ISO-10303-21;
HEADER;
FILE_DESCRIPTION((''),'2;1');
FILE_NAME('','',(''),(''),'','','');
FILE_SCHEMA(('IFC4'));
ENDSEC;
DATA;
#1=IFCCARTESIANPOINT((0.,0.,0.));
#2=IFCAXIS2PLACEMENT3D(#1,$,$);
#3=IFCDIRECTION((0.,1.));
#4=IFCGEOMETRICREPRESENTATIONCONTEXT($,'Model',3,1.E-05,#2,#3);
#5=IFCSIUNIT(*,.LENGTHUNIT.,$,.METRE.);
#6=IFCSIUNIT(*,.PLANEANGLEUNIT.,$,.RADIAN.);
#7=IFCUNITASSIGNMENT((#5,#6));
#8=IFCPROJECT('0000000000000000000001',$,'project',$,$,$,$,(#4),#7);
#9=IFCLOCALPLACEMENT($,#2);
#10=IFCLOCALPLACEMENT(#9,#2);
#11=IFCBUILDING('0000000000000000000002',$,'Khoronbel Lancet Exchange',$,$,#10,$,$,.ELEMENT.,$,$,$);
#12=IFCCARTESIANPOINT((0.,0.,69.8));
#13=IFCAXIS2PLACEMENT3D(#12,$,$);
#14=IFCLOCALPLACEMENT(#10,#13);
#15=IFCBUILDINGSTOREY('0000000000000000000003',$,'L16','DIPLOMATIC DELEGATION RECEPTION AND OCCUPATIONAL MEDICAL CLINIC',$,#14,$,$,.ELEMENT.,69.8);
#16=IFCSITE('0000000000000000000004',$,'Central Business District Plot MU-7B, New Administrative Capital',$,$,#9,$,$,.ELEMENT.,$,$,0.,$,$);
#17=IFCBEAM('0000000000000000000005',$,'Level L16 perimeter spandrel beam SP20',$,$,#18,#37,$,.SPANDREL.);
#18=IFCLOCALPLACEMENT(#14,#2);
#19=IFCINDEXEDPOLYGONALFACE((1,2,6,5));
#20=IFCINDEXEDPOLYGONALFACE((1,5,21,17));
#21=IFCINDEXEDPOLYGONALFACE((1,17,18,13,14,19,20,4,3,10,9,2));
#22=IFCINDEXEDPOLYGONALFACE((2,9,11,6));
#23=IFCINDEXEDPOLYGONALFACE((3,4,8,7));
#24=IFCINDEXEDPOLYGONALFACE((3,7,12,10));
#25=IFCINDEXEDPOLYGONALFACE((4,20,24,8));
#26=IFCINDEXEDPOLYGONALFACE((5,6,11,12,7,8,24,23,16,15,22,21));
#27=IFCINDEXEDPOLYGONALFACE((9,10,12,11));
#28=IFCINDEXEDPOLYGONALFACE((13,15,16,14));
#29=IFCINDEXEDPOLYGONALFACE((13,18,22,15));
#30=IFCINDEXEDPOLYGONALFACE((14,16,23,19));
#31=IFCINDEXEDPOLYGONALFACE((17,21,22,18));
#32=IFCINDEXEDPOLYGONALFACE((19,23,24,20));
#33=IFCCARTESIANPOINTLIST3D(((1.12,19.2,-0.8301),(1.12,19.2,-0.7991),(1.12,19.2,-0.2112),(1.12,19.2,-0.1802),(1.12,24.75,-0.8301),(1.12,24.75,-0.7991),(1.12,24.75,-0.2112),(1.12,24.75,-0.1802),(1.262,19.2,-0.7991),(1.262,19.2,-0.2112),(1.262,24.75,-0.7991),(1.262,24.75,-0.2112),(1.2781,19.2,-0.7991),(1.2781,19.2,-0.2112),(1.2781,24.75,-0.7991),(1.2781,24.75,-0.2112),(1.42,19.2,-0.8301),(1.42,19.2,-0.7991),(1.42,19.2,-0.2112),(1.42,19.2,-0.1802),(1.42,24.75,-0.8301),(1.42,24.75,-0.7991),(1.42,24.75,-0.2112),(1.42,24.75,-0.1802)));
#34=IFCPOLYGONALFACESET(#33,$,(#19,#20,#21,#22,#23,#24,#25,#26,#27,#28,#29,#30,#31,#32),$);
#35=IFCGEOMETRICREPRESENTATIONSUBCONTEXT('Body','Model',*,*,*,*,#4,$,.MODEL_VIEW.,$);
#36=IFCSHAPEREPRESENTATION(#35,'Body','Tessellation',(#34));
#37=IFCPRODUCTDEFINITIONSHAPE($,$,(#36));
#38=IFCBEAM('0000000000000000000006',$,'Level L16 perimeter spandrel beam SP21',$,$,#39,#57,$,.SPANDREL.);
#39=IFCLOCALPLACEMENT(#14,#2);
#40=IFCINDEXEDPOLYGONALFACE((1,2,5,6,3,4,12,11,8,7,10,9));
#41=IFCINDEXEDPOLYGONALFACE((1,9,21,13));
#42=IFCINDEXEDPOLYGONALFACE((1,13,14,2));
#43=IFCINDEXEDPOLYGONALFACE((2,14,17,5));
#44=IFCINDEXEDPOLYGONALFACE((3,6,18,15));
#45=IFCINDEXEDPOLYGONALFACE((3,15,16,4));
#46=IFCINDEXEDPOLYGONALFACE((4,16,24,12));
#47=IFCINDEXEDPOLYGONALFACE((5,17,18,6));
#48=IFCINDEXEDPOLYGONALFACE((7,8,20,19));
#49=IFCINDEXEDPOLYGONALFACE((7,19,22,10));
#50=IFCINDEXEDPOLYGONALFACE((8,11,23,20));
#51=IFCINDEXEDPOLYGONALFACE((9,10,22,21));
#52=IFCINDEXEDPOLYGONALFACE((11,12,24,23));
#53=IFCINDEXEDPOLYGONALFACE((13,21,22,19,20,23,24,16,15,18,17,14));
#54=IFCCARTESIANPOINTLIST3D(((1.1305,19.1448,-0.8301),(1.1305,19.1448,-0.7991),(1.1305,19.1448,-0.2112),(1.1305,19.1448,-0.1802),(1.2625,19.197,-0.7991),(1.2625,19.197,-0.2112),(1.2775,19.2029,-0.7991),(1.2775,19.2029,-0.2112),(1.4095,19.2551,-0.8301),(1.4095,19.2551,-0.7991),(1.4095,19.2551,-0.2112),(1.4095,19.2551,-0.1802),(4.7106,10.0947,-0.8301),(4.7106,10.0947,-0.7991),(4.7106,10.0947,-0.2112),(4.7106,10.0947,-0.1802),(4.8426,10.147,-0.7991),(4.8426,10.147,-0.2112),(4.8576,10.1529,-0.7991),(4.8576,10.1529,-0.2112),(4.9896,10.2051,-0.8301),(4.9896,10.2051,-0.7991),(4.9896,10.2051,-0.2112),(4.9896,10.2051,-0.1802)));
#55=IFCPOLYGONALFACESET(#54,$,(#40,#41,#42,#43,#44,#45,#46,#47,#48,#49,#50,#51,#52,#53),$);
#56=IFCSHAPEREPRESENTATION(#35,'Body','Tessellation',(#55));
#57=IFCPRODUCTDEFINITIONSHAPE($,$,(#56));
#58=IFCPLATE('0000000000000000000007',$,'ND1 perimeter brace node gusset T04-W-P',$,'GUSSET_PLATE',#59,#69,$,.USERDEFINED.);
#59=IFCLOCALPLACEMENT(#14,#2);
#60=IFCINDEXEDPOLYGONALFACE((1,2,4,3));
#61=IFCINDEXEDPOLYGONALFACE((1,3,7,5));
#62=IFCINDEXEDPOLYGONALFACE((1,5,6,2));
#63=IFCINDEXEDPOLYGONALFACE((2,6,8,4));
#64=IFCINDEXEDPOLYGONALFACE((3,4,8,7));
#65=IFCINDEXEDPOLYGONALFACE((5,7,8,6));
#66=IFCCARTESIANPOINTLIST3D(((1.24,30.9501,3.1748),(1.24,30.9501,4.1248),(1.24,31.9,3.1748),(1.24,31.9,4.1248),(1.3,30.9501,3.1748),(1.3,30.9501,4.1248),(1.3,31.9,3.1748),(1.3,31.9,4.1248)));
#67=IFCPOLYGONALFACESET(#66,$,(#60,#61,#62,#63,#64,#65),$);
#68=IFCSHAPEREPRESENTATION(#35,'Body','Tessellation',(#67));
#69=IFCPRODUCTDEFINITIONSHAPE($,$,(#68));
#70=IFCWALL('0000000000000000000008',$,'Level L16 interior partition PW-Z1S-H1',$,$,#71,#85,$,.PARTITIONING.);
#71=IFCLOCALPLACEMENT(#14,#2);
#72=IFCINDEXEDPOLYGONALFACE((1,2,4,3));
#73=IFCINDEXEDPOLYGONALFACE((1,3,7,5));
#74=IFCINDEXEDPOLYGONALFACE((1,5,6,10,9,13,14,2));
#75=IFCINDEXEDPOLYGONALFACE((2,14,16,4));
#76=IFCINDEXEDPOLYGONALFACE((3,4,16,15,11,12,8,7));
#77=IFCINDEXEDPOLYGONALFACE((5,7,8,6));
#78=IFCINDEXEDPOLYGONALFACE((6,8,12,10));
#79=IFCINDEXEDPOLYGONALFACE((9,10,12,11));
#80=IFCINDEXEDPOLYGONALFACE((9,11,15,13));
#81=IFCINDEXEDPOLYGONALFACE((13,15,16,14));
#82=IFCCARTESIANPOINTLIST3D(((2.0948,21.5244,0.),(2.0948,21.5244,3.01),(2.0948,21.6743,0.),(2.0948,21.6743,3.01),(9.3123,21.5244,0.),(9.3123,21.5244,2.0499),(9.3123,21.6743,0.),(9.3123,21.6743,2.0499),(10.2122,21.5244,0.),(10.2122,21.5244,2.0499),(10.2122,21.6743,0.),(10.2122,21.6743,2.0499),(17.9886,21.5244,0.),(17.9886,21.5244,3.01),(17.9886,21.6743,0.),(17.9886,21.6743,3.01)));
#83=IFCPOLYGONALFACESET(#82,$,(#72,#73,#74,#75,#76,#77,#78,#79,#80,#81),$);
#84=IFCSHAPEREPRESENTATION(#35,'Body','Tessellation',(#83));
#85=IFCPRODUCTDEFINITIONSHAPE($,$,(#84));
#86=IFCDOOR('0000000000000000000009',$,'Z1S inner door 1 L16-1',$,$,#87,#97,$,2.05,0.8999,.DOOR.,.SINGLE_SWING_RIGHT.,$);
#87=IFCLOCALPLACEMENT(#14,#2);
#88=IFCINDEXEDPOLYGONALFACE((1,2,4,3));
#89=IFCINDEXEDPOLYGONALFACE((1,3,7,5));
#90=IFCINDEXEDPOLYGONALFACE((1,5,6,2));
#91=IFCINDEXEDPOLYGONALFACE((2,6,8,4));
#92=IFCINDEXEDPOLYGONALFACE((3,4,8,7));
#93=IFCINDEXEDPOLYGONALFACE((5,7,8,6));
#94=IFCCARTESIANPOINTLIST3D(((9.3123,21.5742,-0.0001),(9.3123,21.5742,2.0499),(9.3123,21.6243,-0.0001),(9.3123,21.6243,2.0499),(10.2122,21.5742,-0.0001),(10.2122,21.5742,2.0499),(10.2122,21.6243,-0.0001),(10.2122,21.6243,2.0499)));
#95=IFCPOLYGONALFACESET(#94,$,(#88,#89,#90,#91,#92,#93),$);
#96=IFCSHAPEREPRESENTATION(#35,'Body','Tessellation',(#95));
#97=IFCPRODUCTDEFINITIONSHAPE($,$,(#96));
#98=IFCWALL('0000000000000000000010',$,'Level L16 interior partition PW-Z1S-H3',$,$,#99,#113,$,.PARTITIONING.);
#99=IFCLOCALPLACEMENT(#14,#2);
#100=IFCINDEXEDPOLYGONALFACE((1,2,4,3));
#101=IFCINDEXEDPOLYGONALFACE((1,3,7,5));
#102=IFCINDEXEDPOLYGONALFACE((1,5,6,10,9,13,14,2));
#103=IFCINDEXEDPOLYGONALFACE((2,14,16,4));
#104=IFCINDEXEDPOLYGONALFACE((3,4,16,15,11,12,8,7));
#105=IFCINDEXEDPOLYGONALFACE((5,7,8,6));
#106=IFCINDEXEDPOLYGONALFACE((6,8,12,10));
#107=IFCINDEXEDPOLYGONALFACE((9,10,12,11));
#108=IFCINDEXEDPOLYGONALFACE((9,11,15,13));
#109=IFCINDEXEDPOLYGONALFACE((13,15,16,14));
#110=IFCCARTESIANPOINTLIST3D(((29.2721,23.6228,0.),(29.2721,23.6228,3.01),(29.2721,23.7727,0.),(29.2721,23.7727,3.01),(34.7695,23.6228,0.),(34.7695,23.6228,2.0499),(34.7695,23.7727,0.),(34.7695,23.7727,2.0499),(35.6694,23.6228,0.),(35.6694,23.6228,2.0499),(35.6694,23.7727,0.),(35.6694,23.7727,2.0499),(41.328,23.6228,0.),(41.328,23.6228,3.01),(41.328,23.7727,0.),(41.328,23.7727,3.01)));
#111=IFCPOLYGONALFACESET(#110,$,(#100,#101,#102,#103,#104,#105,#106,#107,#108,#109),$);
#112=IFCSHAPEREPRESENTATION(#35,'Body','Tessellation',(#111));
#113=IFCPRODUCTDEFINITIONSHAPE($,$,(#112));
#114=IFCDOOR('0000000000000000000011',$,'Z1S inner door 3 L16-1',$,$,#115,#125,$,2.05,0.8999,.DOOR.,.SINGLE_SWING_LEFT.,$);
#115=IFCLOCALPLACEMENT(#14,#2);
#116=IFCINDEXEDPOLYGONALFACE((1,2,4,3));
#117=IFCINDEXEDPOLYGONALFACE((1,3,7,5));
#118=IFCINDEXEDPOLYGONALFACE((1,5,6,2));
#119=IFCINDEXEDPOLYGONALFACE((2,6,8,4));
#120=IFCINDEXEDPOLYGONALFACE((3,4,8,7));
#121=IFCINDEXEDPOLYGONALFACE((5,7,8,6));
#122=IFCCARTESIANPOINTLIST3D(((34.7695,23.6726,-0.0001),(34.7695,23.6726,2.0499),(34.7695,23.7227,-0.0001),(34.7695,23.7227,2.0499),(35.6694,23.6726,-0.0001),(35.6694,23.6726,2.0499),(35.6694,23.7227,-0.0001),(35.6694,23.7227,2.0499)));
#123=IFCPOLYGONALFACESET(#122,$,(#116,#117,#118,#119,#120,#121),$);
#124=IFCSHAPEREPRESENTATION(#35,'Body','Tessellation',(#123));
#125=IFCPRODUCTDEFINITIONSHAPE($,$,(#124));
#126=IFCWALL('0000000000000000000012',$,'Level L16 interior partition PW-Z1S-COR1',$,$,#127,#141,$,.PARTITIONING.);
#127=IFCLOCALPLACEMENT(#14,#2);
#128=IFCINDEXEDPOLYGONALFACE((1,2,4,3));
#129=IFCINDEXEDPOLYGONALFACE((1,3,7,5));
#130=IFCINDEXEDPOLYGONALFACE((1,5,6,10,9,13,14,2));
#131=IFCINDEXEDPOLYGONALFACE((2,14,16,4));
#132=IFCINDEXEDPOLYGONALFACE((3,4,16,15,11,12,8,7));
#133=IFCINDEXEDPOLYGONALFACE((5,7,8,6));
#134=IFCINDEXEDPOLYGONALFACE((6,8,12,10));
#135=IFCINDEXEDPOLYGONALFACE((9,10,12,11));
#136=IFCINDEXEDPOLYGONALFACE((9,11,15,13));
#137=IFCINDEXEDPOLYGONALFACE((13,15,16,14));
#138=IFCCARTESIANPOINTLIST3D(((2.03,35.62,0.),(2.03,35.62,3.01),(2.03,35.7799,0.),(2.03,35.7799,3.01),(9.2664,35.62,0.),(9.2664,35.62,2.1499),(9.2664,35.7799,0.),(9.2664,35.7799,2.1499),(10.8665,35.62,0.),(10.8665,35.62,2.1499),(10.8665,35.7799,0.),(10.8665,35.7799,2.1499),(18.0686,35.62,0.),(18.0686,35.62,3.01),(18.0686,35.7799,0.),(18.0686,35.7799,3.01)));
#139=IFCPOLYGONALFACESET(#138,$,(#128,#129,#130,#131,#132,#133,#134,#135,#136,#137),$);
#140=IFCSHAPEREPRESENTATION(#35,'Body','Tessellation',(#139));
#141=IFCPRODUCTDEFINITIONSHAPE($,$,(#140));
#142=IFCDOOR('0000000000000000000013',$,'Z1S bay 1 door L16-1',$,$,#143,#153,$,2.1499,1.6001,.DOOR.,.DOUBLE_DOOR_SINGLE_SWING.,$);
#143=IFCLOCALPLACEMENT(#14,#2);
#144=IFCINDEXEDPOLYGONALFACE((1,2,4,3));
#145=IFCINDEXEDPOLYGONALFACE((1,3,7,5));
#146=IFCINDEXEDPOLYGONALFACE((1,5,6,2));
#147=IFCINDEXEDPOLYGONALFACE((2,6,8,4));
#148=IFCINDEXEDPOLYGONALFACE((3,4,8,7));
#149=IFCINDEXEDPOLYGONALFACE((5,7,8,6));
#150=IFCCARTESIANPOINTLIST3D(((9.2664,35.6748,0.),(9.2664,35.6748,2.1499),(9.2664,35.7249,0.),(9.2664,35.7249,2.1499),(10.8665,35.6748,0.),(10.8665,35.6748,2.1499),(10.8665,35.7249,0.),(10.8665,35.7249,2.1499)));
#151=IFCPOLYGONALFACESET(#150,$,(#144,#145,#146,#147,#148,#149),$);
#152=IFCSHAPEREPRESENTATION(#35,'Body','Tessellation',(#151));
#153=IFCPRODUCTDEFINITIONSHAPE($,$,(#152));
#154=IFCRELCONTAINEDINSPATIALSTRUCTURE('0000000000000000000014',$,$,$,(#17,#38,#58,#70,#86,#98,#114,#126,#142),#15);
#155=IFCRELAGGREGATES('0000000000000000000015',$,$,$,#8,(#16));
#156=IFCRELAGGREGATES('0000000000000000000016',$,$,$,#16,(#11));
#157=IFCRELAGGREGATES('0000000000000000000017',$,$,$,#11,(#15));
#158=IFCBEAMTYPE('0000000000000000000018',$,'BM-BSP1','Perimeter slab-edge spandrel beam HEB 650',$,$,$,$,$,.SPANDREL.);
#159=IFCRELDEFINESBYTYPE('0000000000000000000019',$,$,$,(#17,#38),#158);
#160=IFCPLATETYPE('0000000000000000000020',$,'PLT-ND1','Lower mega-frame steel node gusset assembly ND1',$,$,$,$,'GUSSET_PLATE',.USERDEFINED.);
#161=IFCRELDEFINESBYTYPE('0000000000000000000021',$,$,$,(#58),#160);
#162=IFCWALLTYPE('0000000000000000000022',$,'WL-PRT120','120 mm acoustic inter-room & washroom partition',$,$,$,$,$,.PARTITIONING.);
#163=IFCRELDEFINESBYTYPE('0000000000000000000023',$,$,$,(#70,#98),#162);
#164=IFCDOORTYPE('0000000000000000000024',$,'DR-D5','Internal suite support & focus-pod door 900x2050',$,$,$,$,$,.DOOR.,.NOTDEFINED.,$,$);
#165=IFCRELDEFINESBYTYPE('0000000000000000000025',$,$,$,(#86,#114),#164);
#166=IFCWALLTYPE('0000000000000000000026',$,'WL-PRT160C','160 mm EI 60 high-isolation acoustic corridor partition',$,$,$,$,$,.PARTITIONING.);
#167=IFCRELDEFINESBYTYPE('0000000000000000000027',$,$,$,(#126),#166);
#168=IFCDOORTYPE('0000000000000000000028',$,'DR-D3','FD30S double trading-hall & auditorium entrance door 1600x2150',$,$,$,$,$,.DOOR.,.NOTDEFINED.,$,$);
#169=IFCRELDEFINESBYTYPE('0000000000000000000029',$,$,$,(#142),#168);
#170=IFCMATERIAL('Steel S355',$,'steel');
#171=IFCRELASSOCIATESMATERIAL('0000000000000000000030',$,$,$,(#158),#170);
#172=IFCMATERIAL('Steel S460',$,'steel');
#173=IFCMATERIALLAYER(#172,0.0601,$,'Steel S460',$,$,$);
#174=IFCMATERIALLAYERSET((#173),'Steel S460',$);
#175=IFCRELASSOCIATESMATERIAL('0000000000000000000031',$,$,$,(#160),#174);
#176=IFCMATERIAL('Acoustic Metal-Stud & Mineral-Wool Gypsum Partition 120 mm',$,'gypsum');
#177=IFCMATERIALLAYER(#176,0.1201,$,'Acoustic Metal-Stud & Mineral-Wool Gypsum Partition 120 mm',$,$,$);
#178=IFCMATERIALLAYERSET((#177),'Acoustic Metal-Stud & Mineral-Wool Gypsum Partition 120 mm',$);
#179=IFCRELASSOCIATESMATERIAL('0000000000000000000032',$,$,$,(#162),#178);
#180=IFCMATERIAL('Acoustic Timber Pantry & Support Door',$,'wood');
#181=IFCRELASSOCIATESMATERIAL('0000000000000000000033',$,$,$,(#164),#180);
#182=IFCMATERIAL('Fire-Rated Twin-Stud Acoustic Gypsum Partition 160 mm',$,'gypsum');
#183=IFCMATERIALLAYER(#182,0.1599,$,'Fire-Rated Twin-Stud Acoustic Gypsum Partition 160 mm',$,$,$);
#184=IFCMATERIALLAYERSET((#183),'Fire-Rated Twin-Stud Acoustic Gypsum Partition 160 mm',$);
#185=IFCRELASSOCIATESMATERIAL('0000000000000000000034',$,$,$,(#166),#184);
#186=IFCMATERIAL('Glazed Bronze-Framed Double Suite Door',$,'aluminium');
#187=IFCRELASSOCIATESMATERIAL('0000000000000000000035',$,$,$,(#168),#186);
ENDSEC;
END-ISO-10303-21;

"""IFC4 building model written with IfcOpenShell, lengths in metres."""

from ifc_helpers import new_model, si_unit, direction, frame, frame_2d, origin, origin_2d, place, context, subcontext, project, spatial, rectangle, i_section, extrude, material, layer, layer_set, material_profile, profile_set, type_object, element, fill, save


model = new_model("IFC4")

# Units and contexts
model_context = context("Model", 3, precision=1e-05, world=origin(), true_north=direction((0.0, 1.0)))
body_context = subcontext(model_context, "Body", "Model", "MODEL_VIEW")
ifc_project = project(units=[si_unit("LENGTHUNIT", "METRE"), si_unit("PLANEANGLEUNIT", "RADIAN")], contexts=[model_context])

# Site, building, storey
site_placement = place(None, origin())
site = spatial("IfcSite", under=ifc_project, at=site_placement, Name="Central Business District Plot MU-7B, New Administrative Capital", CompositionType="ELEMENT", RefElevation=0.0)
building_placement = place(site_placement, origin())
building = spatial("IfcBuilding", under=site, at=building_placement, Name="Khoronbel Lancet Exchange", CompositionType="ELEMENT")
storey_placement = place(building_placement, frame((0.0, 0.0, 69.8)))
storey = spatial("IfcBuildingStorey", under=building, at=storey_placement, Name="L16", Description="DIPLOMATIC DELEGATION RECEPTION AND OCCUPATIONAL MEDICAL CLINIC", CompositionType="ELEMENT", Elevation=69.8)

# Shared definitions
ifc_material_1 = material(Name="Steel S355", Category="steel")

# Beams
ifc_material_profile_1 = material_profile(ifc_material_1, i_section(OverallWidth=0.3, OverallDepth=0.6499, WebThickness=0.0161, FlangeThickness=0.031, at=origin_2d()), Name="HEB 650")
ifc_profile_set_1 = profile_set([ifc_material_profile_1], Name="Steel S355")
beam_type_1 = type_object("IfcBeamType", Name="BM-BSP1", Description="Perimeter slab-edge spandrel beam HEB 650", PredefinedType="SPANDREL", material=ifc_profile_set_1)
beam_1_placement = place(storey_placement, frame((1.27, 24.75, -0.5051), z_axis=(0.0, -1.0, 0.0), x_axis=(1.0, 0.0, 0.0)))
element("IfcBeam", 1, at=beam_1_placement, inside=storey, type_object=beam_type_1, Name="Level L16 perimeter spandrel beam SP20", PredefinedType="SPANDREL", context=body_context, shape_type="SweptSolid", body=[
    extrude(i_section(OverallWidth=0.3, OverallDepth=0.6499, WebThickness=0.0161, FlangeThickness=0.031, at=origin_2d()), origin(), (0.0, 0.0, 1.0), 5.55),
])
beam_2_placement = place(storey_placement, frame((1.27, 19.2, -0.5051), z_axis=(0.36785, -0.929885, 0.0), x_axis=(0.929885, 0.36785, 0.0)))
element("IfcBeam", 2, at=beam_2_placement, inside=storey, type_object=beam_type_1, Name="Level L16 perimeter spandrel beam SP21", PredefinedType="SPANDREL", context=body_context, shape_type="SweptSolid", body=[
    extrude(i_section(OverallWidth=0.3, OverallDepth=0.6499, WebThickness=0.0161, FlangeThickness=0.031, at=origin_2d()), origin(), (0.0, 0.0, 1.0), 9.7324),
])

# Plate
ifc_material_2 = material(Name="Steel S460", Category="steel")
ifc_layer_1 = layer(ifc_material_2, 0.0601, Name="Steel S460")
ifc_layer_set_1 = layer_set([ifc_layer_1], Name="Steel S460")
plate_type = type_object("IfcPlateType", Name="PLT-ND1", Description="Lower mega-frame steel node gusset assembly ND1", ElementType="GUSSET_PLATE", PredefinedType="USERDEFINED", material=ifc_layer_set_1)
plate_placement = place(storey_placement, frame((1.27, 31.425, 3.1748), z_axis=(0.0, 0.0, 1.0), x_axis=(0.0, 1.0, 0.0)))
element("IfcPlate", 3, at=plate_placement, inside=storey, type_object=plate_type, Name="ND1 perimeter brace node gusset T04-W-P", ObjectType="GUSSET_PLATE", PredefinedType="USERDEFINED", context=body_context, shape_type="SweptSolid", body=[
    extrude(rectangle(XDim=0.95, YDim=0.0601, at=origin_2d()), origin(), (0.0, 0.0, 1.0), 0.95),
])

# Walls, openings, doors
ifc_material_3 = material(Name="Acoustic Metal-Stud & Mineral-Wool Gypsum Partition 120 mm", Category="gypsum")
ifc_layer_2 = layer(ifc_material_3, 0.1201, Name="Acoustic Metal-Stud & Mineral-Wool Gypsum Partition 120 mm")
ifc_layer_set_2 = layer_set([ifc_layer_2], Name="Acoustic Metal-Stud & Mineral-Wool Gypsum Partition 120 mm")
wall_type_1 = type_object("IfcWallType", Name="WL-PRT120", Description="120 mm acoustic inter-room & washroom partition", PredefinedType="PARTITIONING", material=ifc_layer_set_2)
wall_1_placement = place(storey_placement, frame((2.095, 21.5994, 0.0), z_axis=(0.0, 0.0, 1.0), x_axis=(1.0, 0.0, 0.0)))
wall_1 = element("IfcWall", 4, at=wall_1_placement, inside=storey, type_object=wall_type_1, Name="Level L16 interior partition PW-Z1S-H1", PredefinedType="PARTITIONING", context=body_context, shape_type="SweptSolid", body=[
    extrude(rectangle(XDim=15.8938, YDim=0.1499, at=frame_2d((7.9468, 0.0))), origin(), (0.0, 0.0, 1.0), 3.01),
])
opening_1_placement = place(wall_1_placement, frame((7.2173, 0.0, 0.0)))
opening_1 = element("IfcOpeningElement", 5, at=opening_1_placement, cuts=wall_1, PredefinedType="OPENING", context=body_context, shape_type="SweptSolid", body=[
    extrude(rectangle(XDim=0.8999, YDim=2.05, at=frame_2d((0.45, 1.0249))), frame((0.0, 0.085, 0.0), z_axis=(0.0, -1.0, 0.0), x_axis=(1.0, 0.0, 0.0)), (0.0, 0.0, 1.0), 0.1699),
])
ifc_material_4 = material(Name="Acoustic Timber Pantry & Support Door", Category="wood")
door_type_1 = type_object("IfcDoorType", Name="DR-D5", Description="Internal suite support & focus-pod door 900x2050", OperationType="NOTDEFINED", PredefinedType="DOOR", material=ifc_material_4)
door_1_placement = place(opening_1_placement, origin())
door_1 = element("IfcDoor", 6, at=door_1_placement, inside=storey, type_object=door_type_1, Name="Z1S inner door 1 L16-1", OperationType="SINGLE_SWING_RIGHT", OverallHeight=2.05, OverallWidth=0.8999, PredefinedType="DOOR", context=body_context, shape_type="SweptSolid", body=[
    extrude(rectangle(XDim=0.8999, YDim=2.05, at=frame_2d((0.45, 1.0249))), frame((0.0, 0.0249, 0.0), z_axis=(0.0, -1.0, 0.0), x_axis=(1.0, 0.0, 0.0)), (0.0, 0.0, 1.0), 0.05),
])
fill(opening_1, door_1)
wall_2_placement = place(storey_placement, frame((29.2722, 23.6978, 0.0), z_axis=(0.0, 0.0, 1.0), x_axis=(1.0, 0.0, 0.0)))
wall_2 = element("IfcWall", 7, at=wall_2_placement, inside=storey, type_object=wall_type_1, Name="Level L16 interior partition PW-Z1S-H3", PredefinedType="PARTITIONING", context=body_context, shape_type="SweptSolid", body=[
    extrude(rectangle(XDim=12.0559, YDim=0.1499, at=frame_2d((6.0278, 0.0))), origin(), (0.0, 0.0, 1.0), 3.01),
])
opening_2_placement = place(wall_2_placement, frame((5.4973, 0.0, 0.0)))
opening_2 = element("IfcOpeningElement", 8, at=opening_2_placement, cuts=wall_2, PredefinedType="OPENING", context=body_context, shape_type="SweptSolid", body=[
    extrude(rectangle(XDim=0.8999, YDim=2.05, at=frame_2d((0.45, 1.0249))), frame((0.0, 0.085, 0.0), z_axis=(0.0, -1.0, 0.0), x_axis=(1.0, 0.0, 0.0)), (0.0, 0.0, 1.0), 0.1699),
])
door_2_placement = place(opening_2_placement, origin())
door_2 = element("IfcDoor", 9, at=door_2_placement, inside=storey, type_object=door_type_1, Name="Z1S inner door 3 L16-1", OperationType="SINGLE_SWING_LEFT", OverallHeight=2.05, OverallWidth=0.8999, PredefinedType="DOOR", context=body_context, shape_type="SweptSolid", body=[
    extrude(rectangle(XDim=0.8999, YDim=2.05, at=frame_2d((0.45, 1.0249))), frame((0.0, 0.0249, 0.0), z_axis=(0.0, -1.0, 0.0), x_axis=(1.0, 0.0, 0.0)), (0.0, 0.0, 1.0), 0.05),
])
fill(opening_2, door_2)
ifc_material_5 = material(Name="Fire-Rated Twin-Stud Acoustic Gypsum Partition 160 mm", Category="gypsum")
ifc_layer_3 = layer(ifc_material_5, 0.1599, Name="Fire-Rated Twin-Stud Acoustic Gypsum Partition 160 mm")
ifc_layer_set_3 = layer_set([ifc_layer_3], Name="Fire-Rated Twin-Stud Acoustic Gypsum Partition 160 mm")
wall_type_2 = type_object("IfcWallType", Name="WL-PRT160C", Description="160 mm EI 60 high-isolation acoustic corridor partition", PredefinedType="PARTITIONING", material=ifc_layer_set_3)
wall_3_placement = place(storey_placement, frame((2.03, 35.7, 0.0), z_axis=(0.0, 0.0, 1.0), x_axis=(1.0, 0.0, 0.0)))
wall_3 = element("IfcWall", 10, at=wall_3_placement, inside=storey, type_object=wall_type_2, Name="Level L16 interior partition PW-Z1S-COR1", PredefinedType="PARTITIONING", context=body_context, shape_type="SweptSolid", body=[
    extrude(rectangle(XDim=16.0386, YDim=0.1599, at=frame_2d((8.0193, 0.0))), origin(), (0.0, 0.0, 1.0), 3.01),
])
opening_3_placement = place(wall_3_placement, frame((7.2363, 0.0, 0.0)))
opening_3 = element("IfcOpeningElement", 11, at=opening_3_placement, cuts=wall_3, PredefinedType="OPENING", context=body_context, shape_type="SweptSolid", body=[
    extrude(rectangle(XDim=1.6001, YDim=2.1499, at=frame_2d((0.8, 1.075))), frame((0.0, 0.0898, 0.0), z_axis=(0.0, -1.0, 0.0), x_axis=(1.0, 0.0, 0.0)), (0.0, 0.0, 1.0), 0.1799),
])
ifc_material_6 = material(Name="Glazed Bronze-Framed Double Suite Door", Category="aluminium")
door_type_2 = type_object("IfcDoorType", Name="DR-D3", Description="FD30S double trading-hall & auditorium entrance door 1600x2150", OperationType="NOTDEFINED", PredefinedType="DOOR", material=ifc_material_6)
door_3_placement = place(opening_3_placement, origin())
door_3 = element("IfcDoor", 12, at=door_3_placement, inside=storey, type_object=door_type_2, Name="Z1S bay 1 door L16-1", OperationType="DOUBLE_DOOR_SINGLE_SWING", OverallHeight=2.1499, OverallWidth=1.6001, PredefinedType="DOOR", context=body_context, shape_type="SweptSolid", body=[
    extrude(rectangle(XDim=1.6001, YDim=2.1499, at=frame_2d((0.8, 1.075))), frame((0.0, 0.0249, 0.0), z_axis=(0.0, -1.0, 0.0), x_axis=(1.0, 0.0, 0.0)), (0.0, 0.0, 1.0), 0.05),
])
fill(opening_3, door_3)

save(model, "model.ifc")
